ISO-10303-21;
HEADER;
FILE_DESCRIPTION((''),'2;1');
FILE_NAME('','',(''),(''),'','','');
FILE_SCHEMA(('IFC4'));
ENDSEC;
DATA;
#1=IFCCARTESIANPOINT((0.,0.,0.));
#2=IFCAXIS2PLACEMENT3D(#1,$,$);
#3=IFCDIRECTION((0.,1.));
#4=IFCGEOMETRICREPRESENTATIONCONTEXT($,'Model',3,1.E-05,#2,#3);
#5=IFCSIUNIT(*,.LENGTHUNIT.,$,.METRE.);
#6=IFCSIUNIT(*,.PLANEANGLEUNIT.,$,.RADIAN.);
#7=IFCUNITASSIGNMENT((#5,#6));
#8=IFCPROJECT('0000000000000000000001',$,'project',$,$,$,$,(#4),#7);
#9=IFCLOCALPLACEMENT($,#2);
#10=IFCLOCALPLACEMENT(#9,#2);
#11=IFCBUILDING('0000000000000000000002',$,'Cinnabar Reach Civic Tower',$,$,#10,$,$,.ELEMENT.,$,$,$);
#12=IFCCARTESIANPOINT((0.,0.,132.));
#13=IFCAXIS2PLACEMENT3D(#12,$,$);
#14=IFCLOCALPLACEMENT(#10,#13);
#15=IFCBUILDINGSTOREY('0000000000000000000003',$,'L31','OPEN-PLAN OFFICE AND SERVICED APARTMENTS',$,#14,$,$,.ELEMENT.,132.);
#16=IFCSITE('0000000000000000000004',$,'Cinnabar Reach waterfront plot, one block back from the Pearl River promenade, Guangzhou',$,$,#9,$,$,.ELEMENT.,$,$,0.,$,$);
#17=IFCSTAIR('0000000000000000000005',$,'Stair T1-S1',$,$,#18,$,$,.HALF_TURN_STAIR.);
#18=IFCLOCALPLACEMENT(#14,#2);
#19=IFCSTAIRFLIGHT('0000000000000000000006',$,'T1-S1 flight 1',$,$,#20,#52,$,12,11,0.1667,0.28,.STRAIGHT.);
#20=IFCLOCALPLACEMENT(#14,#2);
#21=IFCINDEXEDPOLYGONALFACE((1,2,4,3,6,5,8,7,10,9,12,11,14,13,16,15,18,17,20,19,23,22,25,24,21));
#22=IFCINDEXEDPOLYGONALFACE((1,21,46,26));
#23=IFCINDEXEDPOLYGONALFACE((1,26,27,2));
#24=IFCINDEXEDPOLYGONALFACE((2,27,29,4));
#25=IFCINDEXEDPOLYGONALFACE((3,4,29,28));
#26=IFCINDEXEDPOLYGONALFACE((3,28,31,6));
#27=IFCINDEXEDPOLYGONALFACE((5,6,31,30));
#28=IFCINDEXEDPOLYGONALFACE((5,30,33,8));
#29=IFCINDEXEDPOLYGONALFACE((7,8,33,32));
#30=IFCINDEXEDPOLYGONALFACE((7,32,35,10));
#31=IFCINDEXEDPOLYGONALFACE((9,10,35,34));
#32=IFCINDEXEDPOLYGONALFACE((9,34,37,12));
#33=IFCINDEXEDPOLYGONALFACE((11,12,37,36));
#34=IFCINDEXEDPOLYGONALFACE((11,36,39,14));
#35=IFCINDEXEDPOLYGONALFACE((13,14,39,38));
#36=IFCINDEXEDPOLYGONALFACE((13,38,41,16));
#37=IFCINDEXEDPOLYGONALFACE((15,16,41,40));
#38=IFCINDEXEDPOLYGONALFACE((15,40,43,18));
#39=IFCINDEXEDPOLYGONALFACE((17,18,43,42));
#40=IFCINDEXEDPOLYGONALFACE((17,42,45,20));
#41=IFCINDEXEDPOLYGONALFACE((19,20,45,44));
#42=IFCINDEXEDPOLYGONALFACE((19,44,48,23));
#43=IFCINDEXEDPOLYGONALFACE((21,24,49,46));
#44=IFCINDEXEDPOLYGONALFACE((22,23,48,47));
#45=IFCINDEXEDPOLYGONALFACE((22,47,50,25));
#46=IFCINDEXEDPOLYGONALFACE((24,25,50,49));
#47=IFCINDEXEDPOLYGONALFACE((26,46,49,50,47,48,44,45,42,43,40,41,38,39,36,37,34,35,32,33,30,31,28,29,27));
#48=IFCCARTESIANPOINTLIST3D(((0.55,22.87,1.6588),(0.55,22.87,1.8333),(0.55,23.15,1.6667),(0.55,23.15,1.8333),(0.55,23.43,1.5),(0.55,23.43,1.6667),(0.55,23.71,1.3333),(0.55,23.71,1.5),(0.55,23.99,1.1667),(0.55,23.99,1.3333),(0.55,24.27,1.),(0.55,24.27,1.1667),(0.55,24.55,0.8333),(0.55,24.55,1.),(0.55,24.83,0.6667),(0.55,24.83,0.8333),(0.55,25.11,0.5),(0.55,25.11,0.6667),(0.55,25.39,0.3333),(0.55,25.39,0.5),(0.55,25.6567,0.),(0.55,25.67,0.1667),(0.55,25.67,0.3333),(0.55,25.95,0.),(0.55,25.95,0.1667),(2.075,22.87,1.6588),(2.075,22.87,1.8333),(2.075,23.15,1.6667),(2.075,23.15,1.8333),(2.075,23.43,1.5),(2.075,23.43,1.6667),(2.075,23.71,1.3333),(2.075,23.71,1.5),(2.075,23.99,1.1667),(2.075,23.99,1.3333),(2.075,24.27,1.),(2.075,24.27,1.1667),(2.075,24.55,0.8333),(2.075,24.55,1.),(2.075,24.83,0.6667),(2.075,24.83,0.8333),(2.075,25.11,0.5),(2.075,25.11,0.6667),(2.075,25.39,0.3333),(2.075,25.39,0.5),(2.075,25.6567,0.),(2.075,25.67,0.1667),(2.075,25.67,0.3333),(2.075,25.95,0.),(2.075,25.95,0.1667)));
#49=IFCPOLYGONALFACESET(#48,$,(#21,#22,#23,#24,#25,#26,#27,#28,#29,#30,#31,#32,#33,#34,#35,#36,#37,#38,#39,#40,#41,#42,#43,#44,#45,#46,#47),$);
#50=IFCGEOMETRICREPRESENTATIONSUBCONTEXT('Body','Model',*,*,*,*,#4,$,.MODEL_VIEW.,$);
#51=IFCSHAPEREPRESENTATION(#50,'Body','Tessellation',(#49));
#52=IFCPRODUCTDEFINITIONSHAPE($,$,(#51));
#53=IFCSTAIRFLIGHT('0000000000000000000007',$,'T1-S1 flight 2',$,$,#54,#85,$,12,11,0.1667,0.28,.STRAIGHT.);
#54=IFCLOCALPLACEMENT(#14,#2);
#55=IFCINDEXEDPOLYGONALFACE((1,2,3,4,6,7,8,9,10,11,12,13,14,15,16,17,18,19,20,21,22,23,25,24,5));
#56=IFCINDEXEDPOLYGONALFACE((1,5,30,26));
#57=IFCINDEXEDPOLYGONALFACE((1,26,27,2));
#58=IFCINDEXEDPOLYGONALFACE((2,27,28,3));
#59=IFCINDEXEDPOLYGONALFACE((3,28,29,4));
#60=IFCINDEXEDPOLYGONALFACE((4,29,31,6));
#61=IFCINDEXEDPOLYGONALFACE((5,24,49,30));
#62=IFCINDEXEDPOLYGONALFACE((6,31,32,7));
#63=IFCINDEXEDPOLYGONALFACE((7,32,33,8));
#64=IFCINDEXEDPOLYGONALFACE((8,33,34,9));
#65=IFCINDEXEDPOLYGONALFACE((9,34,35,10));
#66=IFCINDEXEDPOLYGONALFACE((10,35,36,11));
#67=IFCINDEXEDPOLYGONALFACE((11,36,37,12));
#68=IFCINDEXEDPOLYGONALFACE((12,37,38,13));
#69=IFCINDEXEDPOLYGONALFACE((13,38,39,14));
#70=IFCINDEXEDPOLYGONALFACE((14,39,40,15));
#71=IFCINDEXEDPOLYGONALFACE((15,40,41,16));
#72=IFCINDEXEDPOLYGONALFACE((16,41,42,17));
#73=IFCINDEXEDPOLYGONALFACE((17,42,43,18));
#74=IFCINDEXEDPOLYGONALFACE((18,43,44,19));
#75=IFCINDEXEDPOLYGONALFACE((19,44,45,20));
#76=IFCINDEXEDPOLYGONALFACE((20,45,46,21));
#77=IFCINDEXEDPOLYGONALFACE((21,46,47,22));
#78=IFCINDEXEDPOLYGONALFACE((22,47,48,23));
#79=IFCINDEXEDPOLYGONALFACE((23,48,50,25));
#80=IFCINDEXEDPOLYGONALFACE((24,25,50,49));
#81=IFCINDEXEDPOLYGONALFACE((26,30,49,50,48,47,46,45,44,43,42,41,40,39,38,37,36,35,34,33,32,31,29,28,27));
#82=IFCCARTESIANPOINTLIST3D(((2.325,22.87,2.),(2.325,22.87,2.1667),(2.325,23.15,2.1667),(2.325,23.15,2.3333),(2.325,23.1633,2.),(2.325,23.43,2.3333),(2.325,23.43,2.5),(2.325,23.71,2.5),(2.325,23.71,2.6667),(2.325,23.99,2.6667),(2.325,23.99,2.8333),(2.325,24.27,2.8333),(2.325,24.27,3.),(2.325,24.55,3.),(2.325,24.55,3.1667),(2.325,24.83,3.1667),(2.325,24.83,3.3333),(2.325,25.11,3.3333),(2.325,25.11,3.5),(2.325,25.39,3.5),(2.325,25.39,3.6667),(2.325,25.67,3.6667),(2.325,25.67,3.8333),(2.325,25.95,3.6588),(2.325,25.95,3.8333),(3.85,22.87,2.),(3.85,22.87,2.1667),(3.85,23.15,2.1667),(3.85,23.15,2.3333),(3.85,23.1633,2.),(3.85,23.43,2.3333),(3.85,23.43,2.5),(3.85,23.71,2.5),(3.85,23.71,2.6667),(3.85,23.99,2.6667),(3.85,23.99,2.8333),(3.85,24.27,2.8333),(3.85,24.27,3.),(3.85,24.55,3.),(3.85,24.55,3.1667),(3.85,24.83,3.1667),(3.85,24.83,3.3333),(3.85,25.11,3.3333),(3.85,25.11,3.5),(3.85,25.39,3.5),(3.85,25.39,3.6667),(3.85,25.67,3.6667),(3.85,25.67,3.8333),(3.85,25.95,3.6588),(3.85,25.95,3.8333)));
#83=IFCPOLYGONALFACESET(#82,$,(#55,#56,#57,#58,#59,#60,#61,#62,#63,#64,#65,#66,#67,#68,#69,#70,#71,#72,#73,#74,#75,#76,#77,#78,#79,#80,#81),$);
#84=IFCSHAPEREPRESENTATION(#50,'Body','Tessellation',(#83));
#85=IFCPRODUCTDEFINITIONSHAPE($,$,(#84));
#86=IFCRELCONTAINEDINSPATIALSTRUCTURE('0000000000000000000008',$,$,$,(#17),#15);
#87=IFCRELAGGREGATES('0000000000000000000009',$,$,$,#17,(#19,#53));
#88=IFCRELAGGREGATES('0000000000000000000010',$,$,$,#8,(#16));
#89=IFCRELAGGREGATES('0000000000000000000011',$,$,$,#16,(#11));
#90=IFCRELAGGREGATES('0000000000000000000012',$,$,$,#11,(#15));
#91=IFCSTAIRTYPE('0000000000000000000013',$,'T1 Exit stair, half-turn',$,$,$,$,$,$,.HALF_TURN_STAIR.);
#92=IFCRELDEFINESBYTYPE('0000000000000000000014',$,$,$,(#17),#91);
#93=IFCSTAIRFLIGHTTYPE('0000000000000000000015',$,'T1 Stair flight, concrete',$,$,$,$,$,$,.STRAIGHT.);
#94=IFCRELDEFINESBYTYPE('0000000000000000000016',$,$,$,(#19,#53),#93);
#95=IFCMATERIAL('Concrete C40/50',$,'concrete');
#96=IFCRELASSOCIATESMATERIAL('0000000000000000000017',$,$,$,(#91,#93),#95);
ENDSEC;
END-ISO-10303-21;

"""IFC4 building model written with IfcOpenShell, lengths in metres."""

from ifc_helpers import new_model, si_unit, direction, frame, origin, place, context, subcontext, project, spatial, polyline, outline, extrude, material, type_object, element, aggregate, save


model = new_model("IFC4")

# Units and contexts
model_context = context("Model", 3, precision=1e-05, world=origin(), true_north=direction((0.0, 1.0)))
body_context = subcontext(model_context, "Body", "Model", "MODEL_VIEW")
ifc_project = project(units=[si_unit("LENGTHUNIT", "METRE"), si_unit("PLANEANGLEUNIT", "RADIAN")], contexts=[model_context])

# Site, building, storey
site_placement = place(None, origin())
site = spatial("IfcSite", under=ifc_project, at=site_placement, Name="Cinnabar Reach waterfront plot, one block back from the Pearl River promenade, Guangzhou", CompositionType="ELEMENT", RefElevation=0.0)
building_placement = place(site_placement, origin())
building = spatial("IfcBuilding", under=site, at=building_placement, Name="Cinnabar Reach Civic Tower", CompositionType="ELEMENT")
storey_placement = place(building_placement, frame((0.0, 0.0, 132.0)))
storey = spatial("IfcBuildingStorey", under=building, at=storey_placement, Name="L31", Description="OPEN-PLAN OFFICE AND SERVICED APARTMENTS", CompositionType="ELEMENT", Elevation=132.0)

# Stair, stair flights
ifc_material_1 = material(Name="Concrete C40/50", Category="concrete")
stair_type = type_object("IfcStairType", Name="T1 Exit stair, half-turn", PredefinedType="HALF_TURN_STAIR", material=ifc_material_1)
stair_placement = place(storey_placement, origin())
stair = element("IfcStair", 1, at=stair_placement, inside=storey, type_object=stair_type, Name="Stair T1-S1", PredefinedType="HALF_TURN_STAIR")
stair_flight_type = type_object("IfcStairFlightType", Name="T1 Stair flight, concrete", PredefinedType="STRAIGHT", material=ifc_material_1)
stair_flight_1_placement = place(storey_placement, frame((1.3125, 25.95, 0.0), z_axis=(0.0, 0.0, 1.0), x_axis=(0.0, -1.0, 0.0)))
stair_flight_1 = element("IfcStairFlight", 2, at=stair_flight_1_placement, type_object=stair_flight_type, Name="T1-S1 flight 1", NumberOfRisers=12, NumberOfTreads=11, PredefinedType="STRAIGHT", RiserHeight=0.1667, TreadLength=0.28, context=body_context, shape_type="SweptSolid", body=[
    extrude(outline(polyline([(0.0, 0.0), (0.0, 0.1667), (0.28, 0.1667), (0.28, 0.3333), (0.56, 0.3333), (0.56, 0.5), (0.84, 0.5), (0.84, 0.6667), (1.12, 0.6667), (1.12, 0.8333), (1.4, 0.8333), (1.4, 1.0), (1.68, 1.0), (1.68, 1.1667), (1.96, 1.1667), (1.96, 1.3333), (2.24, 1.3333), (2.24, 1.5), (2.52, 1.5), (2.52, 1.6667), (2.8, 1.6667), (2.8, 1.8333), (3.08, 1.8333), (3.08, 2.0), (3.08, 1.6588), (0.2933, 0.0), (0.0, 0.0)])), frame((0.0, 0.7625, 0.0), z_axis=(0.0, -1.0, 0.0), x_axis=(1.0, 0.0, 0.0)), (0.0, 0.0, 1.0), 1.525),
])
stair_flight_2_placement = place(storey_placement, frame((3.0875, 22.87, 2.0), z_axis=(0.0, 0.0, 1.0), x_axis=(0.0, 1.0, 0.0)))
stair_flight_2 = element("IfcStairFlight", 3, at=stair_flight_2_placement, type_object=stair_flight_type, Name="T1-S1 flight 2", NumberOfRisers=12, NumberOfTreads=11, PredefinedType="STRAIGHT", RiserHeight=0.1667, TreadLength=0.28, context=body_context, shape_type="SweptSolid", body=[
    extrude(outline(polyline([(0.0, 0.0), (0.0, 0.1667), (0.28, 0.1667), (0.28, 0.3333), (0.56, 0.3333), (0.56, 0.5), (0.84, 0.5), (0.84, 0.6667), (1.12, 0.6667), (1.12, 0.8333), (1.4, 0.8333), (1.4, 1.0), (1.68, 1.0), (1.68, 1.1667), (1.96, 1.1667), (1.96, 1.3333), (2.24, 1.3333), (2.24, 1.5), (2.52, 1.5), (2.52, 1.6667), (2.8, 1.6667), (2.8, 1.8333), (3.08, 1.8333), (3.08, 2.0), (3.08, 1.6588), (0.2933, 0.0), (0.0, 0.0)])), frame((0.0, 0.7625, 0.0), z_axis=(0.0, -1.0, 0.0), x_axis=(1.0, 0.0, 0.0)), (0.0, 0.0, 1.0), 1.525),
])
aggregate(stair, [stair_flight_1, stair_flight_2])

save(model, "model.ifc")
